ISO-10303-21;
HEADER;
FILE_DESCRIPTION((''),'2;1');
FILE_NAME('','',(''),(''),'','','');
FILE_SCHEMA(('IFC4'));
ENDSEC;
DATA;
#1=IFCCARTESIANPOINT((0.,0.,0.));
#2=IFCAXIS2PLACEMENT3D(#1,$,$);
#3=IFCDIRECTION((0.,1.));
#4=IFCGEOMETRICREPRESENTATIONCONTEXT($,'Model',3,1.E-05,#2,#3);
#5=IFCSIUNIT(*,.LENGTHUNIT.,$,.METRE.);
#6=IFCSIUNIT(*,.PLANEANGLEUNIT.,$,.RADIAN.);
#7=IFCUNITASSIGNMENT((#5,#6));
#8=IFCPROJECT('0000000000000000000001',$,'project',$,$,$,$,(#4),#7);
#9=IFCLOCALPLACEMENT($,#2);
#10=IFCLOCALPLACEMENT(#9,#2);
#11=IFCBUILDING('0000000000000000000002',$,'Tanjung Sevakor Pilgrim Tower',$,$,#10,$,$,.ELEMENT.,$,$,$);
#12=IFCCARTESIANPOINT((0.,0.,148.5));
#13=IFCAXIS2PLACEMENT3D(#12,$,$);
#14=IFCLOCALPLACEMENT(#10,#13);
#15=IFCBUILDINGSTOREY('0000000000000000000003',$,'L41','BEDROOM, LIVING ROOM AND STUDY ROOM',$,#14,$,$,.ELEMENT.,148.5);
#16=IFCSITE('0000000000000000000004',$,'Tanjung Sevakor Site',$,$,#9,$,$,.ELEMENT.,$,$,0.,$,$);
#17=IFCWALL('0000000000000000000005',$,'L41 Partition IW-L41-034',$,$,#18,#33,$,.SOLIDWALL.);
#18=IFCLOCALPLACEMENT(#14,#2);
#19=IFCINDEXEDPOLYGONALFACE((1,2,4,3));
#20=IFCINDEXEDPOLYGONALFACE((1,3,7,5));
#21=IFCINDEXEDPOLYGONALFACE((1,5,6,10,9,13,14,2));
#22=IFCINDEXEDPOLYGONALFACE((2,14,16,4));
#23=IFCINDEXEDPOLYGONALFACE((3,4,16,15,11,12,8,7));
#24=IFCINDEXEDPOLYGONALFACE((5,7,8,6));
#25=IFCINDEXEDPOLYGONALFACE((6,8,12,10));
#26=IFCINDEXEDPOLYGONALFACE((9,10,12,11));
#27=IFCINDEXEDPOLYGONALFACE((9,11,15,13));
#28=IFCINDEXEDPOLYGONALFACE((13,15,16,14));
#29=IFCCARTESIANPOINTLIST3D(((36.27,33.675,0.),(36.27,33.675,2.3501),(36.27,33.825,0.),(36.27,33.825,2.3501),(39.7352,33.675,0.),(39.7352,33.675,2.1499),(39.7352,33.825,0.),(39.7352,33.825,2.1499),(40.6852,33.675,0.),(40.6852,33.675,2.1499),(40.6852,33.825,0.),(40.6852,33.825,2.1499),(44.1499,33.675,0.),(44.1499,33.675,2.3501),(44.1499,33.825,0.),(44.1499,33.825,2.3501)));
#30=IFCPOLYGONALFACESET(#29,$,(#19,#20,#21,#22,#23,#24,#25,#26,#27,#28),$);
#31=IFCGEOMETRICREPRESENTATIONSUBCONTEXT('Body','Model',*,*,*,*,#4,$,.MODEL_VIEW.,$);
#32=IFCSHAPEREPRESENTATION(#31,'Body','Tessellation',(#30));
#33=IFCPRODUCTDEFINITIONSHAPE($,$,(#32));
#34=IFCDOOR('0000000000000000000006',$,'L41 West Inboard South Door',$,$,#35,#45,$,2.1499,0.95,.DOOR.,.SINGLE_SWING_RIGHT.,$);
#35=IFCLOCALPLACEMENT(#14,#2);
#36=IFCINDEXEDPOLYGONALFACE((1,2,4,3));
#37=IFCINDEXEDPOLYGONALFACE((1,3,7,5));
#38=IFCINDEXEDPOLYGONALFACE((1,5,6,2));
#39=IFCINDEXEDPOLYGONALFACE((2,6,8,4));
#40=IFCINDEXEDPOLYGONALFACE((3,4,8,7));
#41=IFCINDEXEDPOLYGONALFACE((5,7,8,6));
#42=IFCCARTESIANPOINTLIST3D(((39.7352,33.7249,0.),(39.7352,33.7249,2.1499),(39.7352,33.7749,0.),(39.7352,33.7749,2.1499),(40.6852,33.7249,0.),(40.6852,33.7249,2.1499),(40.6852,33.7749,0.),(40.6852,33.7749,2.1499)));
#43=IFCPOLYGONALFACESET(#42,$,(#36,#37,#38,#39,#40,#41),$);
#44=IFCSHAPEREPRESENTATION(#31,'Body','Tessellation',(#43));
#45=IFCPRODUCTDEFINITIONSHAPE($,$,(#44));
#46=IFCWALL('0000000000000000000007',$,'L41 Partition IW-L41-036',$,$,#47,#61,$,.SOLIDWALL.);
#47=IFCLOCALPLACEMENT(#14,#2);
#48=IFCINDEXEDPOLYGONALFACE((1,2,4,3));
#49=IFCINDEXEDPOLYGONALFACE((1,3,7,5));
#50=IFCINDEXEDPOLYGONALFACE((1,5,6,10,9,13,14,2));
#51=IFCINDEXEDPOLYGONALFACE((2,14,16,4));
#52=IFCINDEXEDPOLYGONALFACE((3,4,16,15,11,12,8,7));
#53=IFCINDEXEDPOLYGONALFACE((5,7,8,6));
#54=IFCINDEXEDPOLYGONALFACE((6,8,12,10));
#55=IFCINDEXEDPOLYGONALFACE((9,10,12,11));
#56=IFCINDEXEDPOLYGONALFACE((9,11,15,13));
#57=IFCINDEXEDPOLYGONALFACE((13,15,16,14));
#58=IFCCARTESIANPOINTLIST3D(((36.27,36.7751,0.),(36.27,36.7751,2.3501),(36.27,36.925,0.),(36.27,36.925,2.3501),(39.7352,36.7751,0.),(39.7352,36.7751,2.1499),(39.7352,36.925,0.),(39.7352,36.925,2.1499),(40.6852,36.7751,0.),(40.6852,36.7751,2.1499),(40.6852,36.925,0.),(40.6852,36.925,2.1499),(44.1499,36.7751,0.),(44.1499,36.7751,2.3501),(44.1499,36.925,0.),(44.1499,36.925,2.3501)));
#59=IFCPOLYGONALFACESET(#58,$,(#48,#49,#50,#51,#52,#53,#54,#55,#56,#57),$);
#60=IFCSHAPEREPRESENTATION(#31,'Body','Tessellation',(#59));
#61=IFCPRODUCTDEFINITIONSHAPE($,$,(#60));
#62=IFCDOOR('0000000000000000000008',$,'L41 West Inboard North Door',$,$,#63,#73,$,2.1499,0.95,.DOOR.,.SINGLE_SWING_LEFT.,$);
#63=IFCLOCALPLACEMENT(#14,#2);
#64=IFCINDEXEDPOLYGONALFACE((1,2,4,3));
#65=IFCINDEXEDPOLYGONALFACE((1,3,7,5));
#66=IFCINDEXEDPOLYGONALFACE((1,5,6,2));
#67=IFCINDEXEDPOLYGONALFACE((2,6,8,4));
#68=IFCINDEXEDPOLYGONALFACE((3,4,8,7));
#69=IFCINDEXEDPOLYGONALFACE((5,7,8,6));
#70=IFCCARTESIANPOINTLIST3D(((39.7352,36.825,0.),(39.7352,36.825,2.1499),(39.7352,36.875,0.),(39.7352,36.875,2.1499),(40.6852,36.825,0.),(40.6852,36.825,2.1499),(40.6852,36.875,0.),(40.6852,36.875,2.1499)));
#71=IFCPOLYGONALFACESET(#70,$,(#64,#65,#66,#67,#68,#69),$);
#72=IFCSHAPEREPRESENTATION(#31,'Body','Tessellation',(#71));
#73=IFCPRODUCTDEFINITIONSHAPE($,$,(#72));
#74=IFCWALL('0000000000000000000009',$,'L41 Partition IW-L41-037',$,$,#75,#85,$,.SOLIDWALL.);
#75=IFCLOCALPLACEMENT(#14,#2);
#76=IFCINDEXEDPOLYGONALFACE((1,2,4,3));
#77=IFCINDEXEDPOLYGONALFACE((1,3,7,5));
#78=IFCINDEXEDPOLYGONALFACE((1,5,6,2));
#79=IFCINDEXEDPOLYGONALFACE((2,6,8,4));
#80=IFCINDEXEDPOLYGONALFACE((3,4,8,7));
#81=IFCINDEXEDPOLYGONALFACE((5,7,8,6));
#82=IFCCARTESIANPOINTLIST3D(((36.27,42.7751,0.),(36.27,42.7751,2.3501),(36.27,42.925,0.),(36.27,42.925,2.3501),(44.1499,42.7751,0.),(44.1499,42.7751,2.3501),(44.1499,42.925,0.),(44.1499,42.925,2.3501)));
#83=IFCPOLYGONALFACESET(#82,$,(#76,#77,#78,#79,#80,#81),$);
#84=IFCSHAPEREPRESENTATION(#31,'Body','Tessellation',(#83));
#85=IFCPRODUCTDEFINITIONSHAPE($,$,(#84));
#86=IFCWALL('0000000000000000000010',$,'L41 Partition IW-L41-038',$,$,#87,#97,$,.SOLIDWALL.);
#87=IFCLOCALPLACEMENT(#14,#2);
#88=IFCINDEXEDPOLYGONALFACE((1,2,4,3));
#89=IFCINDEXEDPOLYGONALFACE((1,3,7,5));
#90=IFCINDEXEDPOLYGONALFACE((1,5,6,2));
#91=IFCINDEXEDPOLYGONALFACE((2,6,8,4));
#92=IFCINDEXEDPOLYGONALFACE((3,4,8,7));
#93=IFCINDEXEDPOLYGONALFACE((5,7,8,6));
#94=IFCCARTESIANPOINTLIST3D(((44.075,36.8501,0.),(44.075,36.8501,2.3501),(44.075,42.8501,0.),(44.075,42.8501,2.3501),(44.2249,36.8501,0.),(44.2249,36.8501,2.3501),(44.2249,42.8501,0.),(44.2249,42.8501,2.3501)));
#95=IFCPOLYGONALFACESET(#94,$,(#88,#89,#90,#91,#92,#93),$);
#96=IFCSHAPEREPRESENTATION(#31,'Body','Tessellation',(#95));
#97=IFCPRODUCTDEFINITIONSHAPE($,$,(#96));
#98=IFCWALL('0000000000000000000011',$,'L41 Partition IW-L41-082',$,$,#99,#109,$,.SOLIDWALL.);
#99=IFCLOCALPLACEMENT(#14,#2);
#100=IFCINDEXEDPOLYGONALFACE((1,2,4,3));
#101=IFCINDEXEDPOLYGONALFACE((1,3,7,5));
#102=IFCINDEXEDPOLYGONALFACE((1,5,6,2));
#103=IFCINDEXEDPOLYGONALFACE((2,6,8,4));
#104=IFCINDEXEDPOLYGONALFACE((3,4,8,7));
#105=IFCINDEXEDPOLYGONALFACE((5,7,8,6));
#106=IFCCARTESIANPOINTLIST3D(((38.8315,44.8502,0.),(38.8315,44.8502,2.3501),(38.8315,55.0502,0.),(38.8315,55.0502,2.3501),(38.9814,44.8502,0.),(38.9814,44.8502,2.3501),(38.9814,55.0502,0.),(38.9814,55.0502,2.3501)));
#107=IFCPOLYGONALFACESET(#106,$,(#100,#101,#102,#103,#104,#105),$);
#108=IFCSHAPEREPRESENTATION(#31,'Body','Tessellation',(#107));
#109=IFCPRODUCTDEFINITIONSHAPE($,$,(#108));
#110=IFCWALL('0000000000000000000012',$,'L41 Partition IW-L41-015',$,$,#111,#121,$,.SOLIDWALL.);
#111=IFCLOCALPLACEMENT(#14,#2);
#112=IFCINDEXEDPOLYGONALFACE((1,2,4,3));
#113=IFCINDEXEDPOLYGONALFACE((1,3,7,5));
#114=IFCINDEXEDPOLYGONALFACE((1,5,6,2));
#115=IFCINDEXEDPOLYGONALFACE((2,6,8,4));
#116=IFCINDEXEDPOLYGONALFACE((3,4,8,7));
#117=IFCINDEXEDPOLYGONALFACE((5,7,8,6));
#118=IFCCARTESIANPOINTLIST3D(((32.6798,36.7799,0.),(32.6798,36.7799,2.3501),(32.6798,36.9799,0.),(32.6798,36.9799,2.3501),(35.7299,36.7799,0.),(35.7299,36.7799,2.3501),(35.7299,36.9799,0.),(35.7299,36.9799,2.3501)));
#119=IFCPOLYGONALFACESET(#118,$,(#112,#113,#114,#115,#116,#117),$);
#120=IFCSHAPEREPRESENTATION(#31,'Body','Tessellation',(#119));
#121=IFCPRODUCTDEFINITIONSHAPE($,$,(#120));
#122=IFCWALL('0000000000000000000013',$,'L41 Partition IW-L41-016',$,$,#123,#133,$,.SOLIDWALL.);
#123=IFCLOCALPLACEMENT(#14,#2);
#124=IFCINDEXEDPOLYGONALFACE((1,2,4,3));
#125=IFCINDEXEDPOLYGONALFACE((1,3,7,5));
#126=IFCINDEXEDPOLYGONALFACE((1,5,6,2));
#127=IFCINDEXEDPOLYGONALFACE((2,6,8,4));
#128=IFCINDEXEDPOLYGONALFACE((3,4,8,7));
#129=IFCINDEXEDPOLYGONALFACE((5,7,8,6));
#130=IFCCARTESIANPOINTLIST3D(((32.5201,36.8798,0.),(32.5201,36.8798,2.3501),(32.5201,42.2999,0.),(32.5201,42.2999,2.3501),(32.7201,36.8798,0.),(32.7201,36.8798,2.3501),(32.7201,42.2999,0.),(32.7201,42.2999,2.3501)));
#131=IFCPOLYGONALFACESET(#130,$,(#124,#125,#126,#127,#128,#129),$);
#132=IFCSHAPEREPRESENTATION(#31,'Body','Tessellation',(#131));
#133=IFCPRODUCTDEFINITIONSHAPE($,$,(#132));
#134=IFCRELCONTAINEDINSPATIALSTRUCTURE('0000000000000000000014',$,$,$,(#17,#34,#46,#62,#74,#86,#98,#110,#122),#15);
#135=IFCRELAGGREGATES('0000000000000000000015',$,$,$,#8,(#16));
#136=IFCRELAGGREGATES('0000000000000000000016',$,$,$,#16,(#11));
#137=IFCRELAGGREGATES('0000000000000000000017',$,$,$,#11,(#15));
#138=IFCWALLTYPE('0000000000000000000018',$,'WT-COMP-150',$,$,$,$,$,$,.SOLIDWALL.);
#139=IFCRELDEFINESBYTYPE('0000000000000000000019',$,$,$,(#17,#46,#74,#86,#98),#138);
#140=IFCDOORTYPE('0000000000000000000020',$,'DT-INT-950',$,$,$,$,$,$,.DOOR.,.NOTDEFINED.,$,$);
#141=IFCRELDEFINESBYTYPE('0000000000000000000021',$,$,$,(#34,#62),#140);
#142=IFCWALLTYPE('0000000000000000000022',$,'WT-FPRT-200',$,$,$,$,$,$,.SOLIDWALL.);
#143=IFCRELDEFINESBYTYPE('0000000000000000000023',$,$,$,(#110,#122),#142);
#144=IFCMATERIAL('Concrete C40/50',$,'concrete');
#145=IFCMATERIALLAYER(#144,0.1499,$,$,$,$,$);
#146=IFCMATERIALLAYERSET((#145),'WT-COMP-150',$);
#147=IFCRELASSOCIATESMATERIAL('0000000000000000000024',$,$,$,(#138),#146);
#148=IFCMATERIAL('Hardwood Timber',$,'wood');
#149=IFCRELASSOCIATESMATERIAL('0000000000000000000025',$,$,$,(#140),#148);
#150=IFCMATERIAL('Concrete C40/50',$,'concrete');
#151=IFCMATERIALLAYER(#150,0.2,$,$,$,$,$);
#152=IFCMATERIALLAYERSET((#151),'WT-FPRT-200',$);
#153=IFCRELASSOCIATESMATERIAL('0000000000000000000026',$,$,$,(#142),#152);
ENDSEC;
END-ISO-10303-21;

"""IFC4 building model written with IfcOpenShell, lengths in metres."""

from ifc_helpers import new_model, si_unit, direction, frame, frame_2d, origin, place, context, subcontext, project, spatial, rectangle, extrude, material, layer, layer_set, type_object, element, fill, save


model = new_model("IFC4")

# Units and contexts
model_context = context("Model", 3, precision=1e-05, world=origin(), true_north=direction((0.0, 1.0)))
body_context = subcontext(model_context, "Body", "Model", "MODEL_VIEW")
ifc_project = project(units=[si_unit("LENGTHUNIT", "METRE"), si_unit("PLANEANGLEUNIT", "RADIAN")], contexts=[model_context])

# Site, building, storey
site_placement = place(None, origin())
site = spatial("IfcSite", under=ifc_project, at=site_placement, Name="Tanjung Sevakor Site", CompositionType="ELEMENT", RefElevation=0.0)
building_placement = place(site_placement, origin())
building = spatial("IfcBuilding", under=site, at=building_placement, Name="Tanjung Sevakor Pilgrim Tower", CompositionType="ELEMENT")
storey_placement = place(building_placement, frame((0.0, 0.0, 148.5)))
storey = spatial("IfcBuildingStorey", under=building, at=storey_placement, Name="L41", Description="BEDROOM, LIVING ROOM AND STUDY ROOM", CompositionType="ELEMENT", Elevation=148.5)

# Shared definitions
ifc_material_1 = material(Name="Concrete C40/50", Category="concrete")
ifc_layer_1 = layer(ifc_material_1, 0.1499)
ifc_layer_set_1 = layer_set([ifc_layer_1], Name="WT-COMP-150")
wall_type_1 = type_object("IfcWallType", Name="WT-COMP-150", PredefinedType="SOLIDWALL", material=ifc_layer_set_1)

# Walls, openings, doors
wall_1_placement = place(storey_placement, frame((36.27, 33.75, 0.0), z_axis=(0.0, 0.0, 1.0), x_axis=(1.0, 0.0, 0.0)))
wall_1 = element("IfcWall", 1, at=wall_1_placement, inside=storey, type_object=wall_type_1, Name="L41 Partition IW-L41-034", PredefinedType="SOLIDWALL", context=body_context, shape_type="SweptSolid", body=[
    extrude(rectangle(XDim=7.8799, YDim=0.1499, at=frame_2d((3.9399, 0.0))), origin(), (0.0, 0.0, 1.0), 2.3501),
])
opening_1_placement = place(wall_1_placement, frame((3.4651, 0.0, 0.0)))
opening_1 = element("IfcOpeningElement", 2, at=opening_1_placement, cuts=wall_1, PredefinedType="OPENING", context=body_context, shape_type="SweptSolid", body=[
    extrude(rectangle(XDim=0.95, YDim=2.1499, at=frame_2d((0.4751, 1.075))), frame((0.0, 0.085, 0.0), z_axis=(0.0, -1.0, 0.0), x_axis=(1.0, 0.0, 0.0)), (0.0, 0.0, 1.0), 0.1699),
])
ifc_material_2 = material(Name="Hardwood Timber", Category="wood")
door_type_1 = type_object("IfcDoorType", Name="DT-INT-950", OperationType="NOTDEFINED", PredefinedType="DOOR", material=ifc_material_2)
door_1_placement = place(opening_1_placement, origin())
door_1 = element("IfcDoor", 3, at=door_1_placement, inside=storey, type_object=door_type_1, Name="L41 West Inboard South Door", OperationType="SINGLE_SWING_RIGHT", OverallHeight=2.1499, OverallWidth=0.95, PredefinedType="DOOR", context=body_context, shape_type="SweptSolid", body=[
    extrude(rectangle(XDim=0.95, YDim=2.1499, at=frame_2d((0.4751, 1.075))), frame((0.0, 0.0249, 0.0), z_axis=(0.0, -1.0, 0.0), x_axis=(1.0, 0.0, 0.0)), (0.0, 0.0, 1.0), 0.05),
])
fill(opening_1, door_1)
wall_2_placement = place(storey_placement, frame((36.27, 36.8501, 0.0), z_axis=(0.0, 0.0, 1.0), x_axis=(1.0, 0.0, 0.0)))
wall_2 = element("IfcWall", 4, at=wall_2_placement, inside=storey, type_object=wall_type_1, Name="L41 Partition IW-L41-036", PredefinedType="SOLIDWALL", context=body_context, shape_type="SweptSolid", body=[
    extrude(rectangle(XDim=7.8799, YDim=0.1499, at=frame_2d((3.9399, 0.0))), origin(), (0.0, 0.0, 1.0), 2.3501),
])
opening_2_placement = place(wall_2_placement, frame((3.4651, 0.0, 0.0)))
opening_2 = element("IfcOpeningElement", 5, at=opening_2_placement, cuts=wall_2, PredefinedType="OPENING", context=body_context, shape_type="SweptSolid", body=[
    extrude(rectangle(XDim=0.95, YDim=2.1499, at=frame_2d((0.4751, 1.075))), frame((0.0, 0.085, 0.0), z_axis=(0.0, -1.0, 0.0), x_axis=(1.0, 0.0, 0.0)), (0.0, 0.0, 1.0), 0.1699),
])
door_2_placement = place(opening_2_placement, origin())
door_2 = element("IfcDoor", 6, at=door_2_placement, inside=storey, type_object=door_type_1, Name="L41 West Inboard North Door", OperationType="SINGLE_SWING_LEFT", OverallHeight=2.1499, OverallWidth=0.95, PredefinedType="DOOR", context=body_context, shape_type="SweptSolid", body=[
    extrude(rectangle(XDim=0.95, YDim=2.1499, at=frame_2d((0.4751, 1.075))), frame((0.0, 0.0249, 0.0), z_axis=(0.0, -1.0, 0.0), x_axis=(1.0, 0.0, 0.0)), (0.0, 0.0, 1.0), 0.05),
])
fill(opening_2, door_2)

# Walls
wall_3_placement = place(storey_placement, frame((36.27, 42.8501, 0.0), z_axis=(0.0, 0.0, 1.0), x_axis=(1.0, 0.0, 0.0)))
element("IfcWall", 7, at=wall_3_placement, inside=storey, type_object=wall_type_1, Name="L41 Partition IW-L41-037", PredefinedType="SOLIDWALL", context=body_context, shape_type="SweptSolid", body=[
    extrude(rectangle(XDim=7.8799, YDim=0.1499, at=frame_2d((3.9399, 0.0))), origin(), (0.0, 0.0, 1.0), 2.3501),
])
wall_4_placement = place(storey_placement, frame((44.1499, 36.8501, 0.0), z_axis=(0.0, 0.0, 1.0), x_axis=(0.0, 1.0, 0.0)))
element("IfcWall", 8, at=wall_4_placement, inside=storey, type_object=wall_type_1, Name="L41 Partition IW-L41-038", PredefinedType="SOLIDWALL", context=body_context, shape_type="SweptSolid", body=[
    extrude(rectangle(XDim=6.0, YDim=0.1499, at=frame_2d((3.0, 0.0))), origin(), (0.0, 0.0, 1.0), 2.3501),
])
wall_5_placement = place(storey_placement, frame((38.9065, 44.8501, 0.0), z_axis=(0.0, 0.0, 1.0), x_axis=(0.0, 1.0, 0.0)))
element("IfcWall", 9, at=wall_5_placement, inside=storey, type_object=wall_type_1, Name="L41 Partition IW-L41-082", PredefinedType="SOLIDWALL", context=body_context, shape_type="SweptSolid", body=[
    extrude(rectangle(XDim=10.2, YDim=0.1499, at=frame_2d((5.1001, 0.0))), origin(), (0.0, 0.0, 1.0), 2.3501),
])

# Walls
ifc_material_3 = material(Name="Concrete C40/50", Category="concrete")
ifc_layer_2 = layer(ifc_material_3, 0.2)
ifc_layer_set_2 = layer_set([ifc_layer_2], Name="WT-FPRT-200")
wall_type_2 = type_object("IfcWallType", Name="WT-FPRT-200", PredefinedType="SOLIDWALL", material=ifc_layer_set_2)
wall_6_placement = place(storey_placement, frame((32.6799, 36.8799, 0.0), z_axis=(0.0, 0.0, 1.0), x_axis=(1.0, 0.0, 0.0)))
element("IfcWall", 10, at=wall_6_placement, inside=storey, type_object=wall_type_2, Name="L41 Partition IW-L41-015", PredefinedType="SOLIDWALL", context=body_context, shape_type="SweptSolid", body=[
    extrude(rectangle(XDim=3.05, YDim=0.2, at=frame_2d((1.5249, 0.0))), origin(), (0.0, 0.0, 1.0), 2.3501),
])
wall_7_placement = place(storey_placement, frame((32.6201, 36.8799, 0.0), z_axis=(0.0, 0.0, 1.0), x_axis=(0.0, 1.0, 0.0)))
element("IfcWall", 11, at=wall_7_placement, inside=storey, type_object=wall_type_2, Name="L41 Partition IW-L41-016", PredefinedType="SOLIDWALL", context=body_context, shape_type="SweptSolid", body=[
    extrude(rectangle(XDim=5.4202, YDim=0.2, at=frame_2d((2.71, 0.0))), origin(), (0.0, 0.0, 1.0), 2.3501),
])

save(model, "model.ifc")
